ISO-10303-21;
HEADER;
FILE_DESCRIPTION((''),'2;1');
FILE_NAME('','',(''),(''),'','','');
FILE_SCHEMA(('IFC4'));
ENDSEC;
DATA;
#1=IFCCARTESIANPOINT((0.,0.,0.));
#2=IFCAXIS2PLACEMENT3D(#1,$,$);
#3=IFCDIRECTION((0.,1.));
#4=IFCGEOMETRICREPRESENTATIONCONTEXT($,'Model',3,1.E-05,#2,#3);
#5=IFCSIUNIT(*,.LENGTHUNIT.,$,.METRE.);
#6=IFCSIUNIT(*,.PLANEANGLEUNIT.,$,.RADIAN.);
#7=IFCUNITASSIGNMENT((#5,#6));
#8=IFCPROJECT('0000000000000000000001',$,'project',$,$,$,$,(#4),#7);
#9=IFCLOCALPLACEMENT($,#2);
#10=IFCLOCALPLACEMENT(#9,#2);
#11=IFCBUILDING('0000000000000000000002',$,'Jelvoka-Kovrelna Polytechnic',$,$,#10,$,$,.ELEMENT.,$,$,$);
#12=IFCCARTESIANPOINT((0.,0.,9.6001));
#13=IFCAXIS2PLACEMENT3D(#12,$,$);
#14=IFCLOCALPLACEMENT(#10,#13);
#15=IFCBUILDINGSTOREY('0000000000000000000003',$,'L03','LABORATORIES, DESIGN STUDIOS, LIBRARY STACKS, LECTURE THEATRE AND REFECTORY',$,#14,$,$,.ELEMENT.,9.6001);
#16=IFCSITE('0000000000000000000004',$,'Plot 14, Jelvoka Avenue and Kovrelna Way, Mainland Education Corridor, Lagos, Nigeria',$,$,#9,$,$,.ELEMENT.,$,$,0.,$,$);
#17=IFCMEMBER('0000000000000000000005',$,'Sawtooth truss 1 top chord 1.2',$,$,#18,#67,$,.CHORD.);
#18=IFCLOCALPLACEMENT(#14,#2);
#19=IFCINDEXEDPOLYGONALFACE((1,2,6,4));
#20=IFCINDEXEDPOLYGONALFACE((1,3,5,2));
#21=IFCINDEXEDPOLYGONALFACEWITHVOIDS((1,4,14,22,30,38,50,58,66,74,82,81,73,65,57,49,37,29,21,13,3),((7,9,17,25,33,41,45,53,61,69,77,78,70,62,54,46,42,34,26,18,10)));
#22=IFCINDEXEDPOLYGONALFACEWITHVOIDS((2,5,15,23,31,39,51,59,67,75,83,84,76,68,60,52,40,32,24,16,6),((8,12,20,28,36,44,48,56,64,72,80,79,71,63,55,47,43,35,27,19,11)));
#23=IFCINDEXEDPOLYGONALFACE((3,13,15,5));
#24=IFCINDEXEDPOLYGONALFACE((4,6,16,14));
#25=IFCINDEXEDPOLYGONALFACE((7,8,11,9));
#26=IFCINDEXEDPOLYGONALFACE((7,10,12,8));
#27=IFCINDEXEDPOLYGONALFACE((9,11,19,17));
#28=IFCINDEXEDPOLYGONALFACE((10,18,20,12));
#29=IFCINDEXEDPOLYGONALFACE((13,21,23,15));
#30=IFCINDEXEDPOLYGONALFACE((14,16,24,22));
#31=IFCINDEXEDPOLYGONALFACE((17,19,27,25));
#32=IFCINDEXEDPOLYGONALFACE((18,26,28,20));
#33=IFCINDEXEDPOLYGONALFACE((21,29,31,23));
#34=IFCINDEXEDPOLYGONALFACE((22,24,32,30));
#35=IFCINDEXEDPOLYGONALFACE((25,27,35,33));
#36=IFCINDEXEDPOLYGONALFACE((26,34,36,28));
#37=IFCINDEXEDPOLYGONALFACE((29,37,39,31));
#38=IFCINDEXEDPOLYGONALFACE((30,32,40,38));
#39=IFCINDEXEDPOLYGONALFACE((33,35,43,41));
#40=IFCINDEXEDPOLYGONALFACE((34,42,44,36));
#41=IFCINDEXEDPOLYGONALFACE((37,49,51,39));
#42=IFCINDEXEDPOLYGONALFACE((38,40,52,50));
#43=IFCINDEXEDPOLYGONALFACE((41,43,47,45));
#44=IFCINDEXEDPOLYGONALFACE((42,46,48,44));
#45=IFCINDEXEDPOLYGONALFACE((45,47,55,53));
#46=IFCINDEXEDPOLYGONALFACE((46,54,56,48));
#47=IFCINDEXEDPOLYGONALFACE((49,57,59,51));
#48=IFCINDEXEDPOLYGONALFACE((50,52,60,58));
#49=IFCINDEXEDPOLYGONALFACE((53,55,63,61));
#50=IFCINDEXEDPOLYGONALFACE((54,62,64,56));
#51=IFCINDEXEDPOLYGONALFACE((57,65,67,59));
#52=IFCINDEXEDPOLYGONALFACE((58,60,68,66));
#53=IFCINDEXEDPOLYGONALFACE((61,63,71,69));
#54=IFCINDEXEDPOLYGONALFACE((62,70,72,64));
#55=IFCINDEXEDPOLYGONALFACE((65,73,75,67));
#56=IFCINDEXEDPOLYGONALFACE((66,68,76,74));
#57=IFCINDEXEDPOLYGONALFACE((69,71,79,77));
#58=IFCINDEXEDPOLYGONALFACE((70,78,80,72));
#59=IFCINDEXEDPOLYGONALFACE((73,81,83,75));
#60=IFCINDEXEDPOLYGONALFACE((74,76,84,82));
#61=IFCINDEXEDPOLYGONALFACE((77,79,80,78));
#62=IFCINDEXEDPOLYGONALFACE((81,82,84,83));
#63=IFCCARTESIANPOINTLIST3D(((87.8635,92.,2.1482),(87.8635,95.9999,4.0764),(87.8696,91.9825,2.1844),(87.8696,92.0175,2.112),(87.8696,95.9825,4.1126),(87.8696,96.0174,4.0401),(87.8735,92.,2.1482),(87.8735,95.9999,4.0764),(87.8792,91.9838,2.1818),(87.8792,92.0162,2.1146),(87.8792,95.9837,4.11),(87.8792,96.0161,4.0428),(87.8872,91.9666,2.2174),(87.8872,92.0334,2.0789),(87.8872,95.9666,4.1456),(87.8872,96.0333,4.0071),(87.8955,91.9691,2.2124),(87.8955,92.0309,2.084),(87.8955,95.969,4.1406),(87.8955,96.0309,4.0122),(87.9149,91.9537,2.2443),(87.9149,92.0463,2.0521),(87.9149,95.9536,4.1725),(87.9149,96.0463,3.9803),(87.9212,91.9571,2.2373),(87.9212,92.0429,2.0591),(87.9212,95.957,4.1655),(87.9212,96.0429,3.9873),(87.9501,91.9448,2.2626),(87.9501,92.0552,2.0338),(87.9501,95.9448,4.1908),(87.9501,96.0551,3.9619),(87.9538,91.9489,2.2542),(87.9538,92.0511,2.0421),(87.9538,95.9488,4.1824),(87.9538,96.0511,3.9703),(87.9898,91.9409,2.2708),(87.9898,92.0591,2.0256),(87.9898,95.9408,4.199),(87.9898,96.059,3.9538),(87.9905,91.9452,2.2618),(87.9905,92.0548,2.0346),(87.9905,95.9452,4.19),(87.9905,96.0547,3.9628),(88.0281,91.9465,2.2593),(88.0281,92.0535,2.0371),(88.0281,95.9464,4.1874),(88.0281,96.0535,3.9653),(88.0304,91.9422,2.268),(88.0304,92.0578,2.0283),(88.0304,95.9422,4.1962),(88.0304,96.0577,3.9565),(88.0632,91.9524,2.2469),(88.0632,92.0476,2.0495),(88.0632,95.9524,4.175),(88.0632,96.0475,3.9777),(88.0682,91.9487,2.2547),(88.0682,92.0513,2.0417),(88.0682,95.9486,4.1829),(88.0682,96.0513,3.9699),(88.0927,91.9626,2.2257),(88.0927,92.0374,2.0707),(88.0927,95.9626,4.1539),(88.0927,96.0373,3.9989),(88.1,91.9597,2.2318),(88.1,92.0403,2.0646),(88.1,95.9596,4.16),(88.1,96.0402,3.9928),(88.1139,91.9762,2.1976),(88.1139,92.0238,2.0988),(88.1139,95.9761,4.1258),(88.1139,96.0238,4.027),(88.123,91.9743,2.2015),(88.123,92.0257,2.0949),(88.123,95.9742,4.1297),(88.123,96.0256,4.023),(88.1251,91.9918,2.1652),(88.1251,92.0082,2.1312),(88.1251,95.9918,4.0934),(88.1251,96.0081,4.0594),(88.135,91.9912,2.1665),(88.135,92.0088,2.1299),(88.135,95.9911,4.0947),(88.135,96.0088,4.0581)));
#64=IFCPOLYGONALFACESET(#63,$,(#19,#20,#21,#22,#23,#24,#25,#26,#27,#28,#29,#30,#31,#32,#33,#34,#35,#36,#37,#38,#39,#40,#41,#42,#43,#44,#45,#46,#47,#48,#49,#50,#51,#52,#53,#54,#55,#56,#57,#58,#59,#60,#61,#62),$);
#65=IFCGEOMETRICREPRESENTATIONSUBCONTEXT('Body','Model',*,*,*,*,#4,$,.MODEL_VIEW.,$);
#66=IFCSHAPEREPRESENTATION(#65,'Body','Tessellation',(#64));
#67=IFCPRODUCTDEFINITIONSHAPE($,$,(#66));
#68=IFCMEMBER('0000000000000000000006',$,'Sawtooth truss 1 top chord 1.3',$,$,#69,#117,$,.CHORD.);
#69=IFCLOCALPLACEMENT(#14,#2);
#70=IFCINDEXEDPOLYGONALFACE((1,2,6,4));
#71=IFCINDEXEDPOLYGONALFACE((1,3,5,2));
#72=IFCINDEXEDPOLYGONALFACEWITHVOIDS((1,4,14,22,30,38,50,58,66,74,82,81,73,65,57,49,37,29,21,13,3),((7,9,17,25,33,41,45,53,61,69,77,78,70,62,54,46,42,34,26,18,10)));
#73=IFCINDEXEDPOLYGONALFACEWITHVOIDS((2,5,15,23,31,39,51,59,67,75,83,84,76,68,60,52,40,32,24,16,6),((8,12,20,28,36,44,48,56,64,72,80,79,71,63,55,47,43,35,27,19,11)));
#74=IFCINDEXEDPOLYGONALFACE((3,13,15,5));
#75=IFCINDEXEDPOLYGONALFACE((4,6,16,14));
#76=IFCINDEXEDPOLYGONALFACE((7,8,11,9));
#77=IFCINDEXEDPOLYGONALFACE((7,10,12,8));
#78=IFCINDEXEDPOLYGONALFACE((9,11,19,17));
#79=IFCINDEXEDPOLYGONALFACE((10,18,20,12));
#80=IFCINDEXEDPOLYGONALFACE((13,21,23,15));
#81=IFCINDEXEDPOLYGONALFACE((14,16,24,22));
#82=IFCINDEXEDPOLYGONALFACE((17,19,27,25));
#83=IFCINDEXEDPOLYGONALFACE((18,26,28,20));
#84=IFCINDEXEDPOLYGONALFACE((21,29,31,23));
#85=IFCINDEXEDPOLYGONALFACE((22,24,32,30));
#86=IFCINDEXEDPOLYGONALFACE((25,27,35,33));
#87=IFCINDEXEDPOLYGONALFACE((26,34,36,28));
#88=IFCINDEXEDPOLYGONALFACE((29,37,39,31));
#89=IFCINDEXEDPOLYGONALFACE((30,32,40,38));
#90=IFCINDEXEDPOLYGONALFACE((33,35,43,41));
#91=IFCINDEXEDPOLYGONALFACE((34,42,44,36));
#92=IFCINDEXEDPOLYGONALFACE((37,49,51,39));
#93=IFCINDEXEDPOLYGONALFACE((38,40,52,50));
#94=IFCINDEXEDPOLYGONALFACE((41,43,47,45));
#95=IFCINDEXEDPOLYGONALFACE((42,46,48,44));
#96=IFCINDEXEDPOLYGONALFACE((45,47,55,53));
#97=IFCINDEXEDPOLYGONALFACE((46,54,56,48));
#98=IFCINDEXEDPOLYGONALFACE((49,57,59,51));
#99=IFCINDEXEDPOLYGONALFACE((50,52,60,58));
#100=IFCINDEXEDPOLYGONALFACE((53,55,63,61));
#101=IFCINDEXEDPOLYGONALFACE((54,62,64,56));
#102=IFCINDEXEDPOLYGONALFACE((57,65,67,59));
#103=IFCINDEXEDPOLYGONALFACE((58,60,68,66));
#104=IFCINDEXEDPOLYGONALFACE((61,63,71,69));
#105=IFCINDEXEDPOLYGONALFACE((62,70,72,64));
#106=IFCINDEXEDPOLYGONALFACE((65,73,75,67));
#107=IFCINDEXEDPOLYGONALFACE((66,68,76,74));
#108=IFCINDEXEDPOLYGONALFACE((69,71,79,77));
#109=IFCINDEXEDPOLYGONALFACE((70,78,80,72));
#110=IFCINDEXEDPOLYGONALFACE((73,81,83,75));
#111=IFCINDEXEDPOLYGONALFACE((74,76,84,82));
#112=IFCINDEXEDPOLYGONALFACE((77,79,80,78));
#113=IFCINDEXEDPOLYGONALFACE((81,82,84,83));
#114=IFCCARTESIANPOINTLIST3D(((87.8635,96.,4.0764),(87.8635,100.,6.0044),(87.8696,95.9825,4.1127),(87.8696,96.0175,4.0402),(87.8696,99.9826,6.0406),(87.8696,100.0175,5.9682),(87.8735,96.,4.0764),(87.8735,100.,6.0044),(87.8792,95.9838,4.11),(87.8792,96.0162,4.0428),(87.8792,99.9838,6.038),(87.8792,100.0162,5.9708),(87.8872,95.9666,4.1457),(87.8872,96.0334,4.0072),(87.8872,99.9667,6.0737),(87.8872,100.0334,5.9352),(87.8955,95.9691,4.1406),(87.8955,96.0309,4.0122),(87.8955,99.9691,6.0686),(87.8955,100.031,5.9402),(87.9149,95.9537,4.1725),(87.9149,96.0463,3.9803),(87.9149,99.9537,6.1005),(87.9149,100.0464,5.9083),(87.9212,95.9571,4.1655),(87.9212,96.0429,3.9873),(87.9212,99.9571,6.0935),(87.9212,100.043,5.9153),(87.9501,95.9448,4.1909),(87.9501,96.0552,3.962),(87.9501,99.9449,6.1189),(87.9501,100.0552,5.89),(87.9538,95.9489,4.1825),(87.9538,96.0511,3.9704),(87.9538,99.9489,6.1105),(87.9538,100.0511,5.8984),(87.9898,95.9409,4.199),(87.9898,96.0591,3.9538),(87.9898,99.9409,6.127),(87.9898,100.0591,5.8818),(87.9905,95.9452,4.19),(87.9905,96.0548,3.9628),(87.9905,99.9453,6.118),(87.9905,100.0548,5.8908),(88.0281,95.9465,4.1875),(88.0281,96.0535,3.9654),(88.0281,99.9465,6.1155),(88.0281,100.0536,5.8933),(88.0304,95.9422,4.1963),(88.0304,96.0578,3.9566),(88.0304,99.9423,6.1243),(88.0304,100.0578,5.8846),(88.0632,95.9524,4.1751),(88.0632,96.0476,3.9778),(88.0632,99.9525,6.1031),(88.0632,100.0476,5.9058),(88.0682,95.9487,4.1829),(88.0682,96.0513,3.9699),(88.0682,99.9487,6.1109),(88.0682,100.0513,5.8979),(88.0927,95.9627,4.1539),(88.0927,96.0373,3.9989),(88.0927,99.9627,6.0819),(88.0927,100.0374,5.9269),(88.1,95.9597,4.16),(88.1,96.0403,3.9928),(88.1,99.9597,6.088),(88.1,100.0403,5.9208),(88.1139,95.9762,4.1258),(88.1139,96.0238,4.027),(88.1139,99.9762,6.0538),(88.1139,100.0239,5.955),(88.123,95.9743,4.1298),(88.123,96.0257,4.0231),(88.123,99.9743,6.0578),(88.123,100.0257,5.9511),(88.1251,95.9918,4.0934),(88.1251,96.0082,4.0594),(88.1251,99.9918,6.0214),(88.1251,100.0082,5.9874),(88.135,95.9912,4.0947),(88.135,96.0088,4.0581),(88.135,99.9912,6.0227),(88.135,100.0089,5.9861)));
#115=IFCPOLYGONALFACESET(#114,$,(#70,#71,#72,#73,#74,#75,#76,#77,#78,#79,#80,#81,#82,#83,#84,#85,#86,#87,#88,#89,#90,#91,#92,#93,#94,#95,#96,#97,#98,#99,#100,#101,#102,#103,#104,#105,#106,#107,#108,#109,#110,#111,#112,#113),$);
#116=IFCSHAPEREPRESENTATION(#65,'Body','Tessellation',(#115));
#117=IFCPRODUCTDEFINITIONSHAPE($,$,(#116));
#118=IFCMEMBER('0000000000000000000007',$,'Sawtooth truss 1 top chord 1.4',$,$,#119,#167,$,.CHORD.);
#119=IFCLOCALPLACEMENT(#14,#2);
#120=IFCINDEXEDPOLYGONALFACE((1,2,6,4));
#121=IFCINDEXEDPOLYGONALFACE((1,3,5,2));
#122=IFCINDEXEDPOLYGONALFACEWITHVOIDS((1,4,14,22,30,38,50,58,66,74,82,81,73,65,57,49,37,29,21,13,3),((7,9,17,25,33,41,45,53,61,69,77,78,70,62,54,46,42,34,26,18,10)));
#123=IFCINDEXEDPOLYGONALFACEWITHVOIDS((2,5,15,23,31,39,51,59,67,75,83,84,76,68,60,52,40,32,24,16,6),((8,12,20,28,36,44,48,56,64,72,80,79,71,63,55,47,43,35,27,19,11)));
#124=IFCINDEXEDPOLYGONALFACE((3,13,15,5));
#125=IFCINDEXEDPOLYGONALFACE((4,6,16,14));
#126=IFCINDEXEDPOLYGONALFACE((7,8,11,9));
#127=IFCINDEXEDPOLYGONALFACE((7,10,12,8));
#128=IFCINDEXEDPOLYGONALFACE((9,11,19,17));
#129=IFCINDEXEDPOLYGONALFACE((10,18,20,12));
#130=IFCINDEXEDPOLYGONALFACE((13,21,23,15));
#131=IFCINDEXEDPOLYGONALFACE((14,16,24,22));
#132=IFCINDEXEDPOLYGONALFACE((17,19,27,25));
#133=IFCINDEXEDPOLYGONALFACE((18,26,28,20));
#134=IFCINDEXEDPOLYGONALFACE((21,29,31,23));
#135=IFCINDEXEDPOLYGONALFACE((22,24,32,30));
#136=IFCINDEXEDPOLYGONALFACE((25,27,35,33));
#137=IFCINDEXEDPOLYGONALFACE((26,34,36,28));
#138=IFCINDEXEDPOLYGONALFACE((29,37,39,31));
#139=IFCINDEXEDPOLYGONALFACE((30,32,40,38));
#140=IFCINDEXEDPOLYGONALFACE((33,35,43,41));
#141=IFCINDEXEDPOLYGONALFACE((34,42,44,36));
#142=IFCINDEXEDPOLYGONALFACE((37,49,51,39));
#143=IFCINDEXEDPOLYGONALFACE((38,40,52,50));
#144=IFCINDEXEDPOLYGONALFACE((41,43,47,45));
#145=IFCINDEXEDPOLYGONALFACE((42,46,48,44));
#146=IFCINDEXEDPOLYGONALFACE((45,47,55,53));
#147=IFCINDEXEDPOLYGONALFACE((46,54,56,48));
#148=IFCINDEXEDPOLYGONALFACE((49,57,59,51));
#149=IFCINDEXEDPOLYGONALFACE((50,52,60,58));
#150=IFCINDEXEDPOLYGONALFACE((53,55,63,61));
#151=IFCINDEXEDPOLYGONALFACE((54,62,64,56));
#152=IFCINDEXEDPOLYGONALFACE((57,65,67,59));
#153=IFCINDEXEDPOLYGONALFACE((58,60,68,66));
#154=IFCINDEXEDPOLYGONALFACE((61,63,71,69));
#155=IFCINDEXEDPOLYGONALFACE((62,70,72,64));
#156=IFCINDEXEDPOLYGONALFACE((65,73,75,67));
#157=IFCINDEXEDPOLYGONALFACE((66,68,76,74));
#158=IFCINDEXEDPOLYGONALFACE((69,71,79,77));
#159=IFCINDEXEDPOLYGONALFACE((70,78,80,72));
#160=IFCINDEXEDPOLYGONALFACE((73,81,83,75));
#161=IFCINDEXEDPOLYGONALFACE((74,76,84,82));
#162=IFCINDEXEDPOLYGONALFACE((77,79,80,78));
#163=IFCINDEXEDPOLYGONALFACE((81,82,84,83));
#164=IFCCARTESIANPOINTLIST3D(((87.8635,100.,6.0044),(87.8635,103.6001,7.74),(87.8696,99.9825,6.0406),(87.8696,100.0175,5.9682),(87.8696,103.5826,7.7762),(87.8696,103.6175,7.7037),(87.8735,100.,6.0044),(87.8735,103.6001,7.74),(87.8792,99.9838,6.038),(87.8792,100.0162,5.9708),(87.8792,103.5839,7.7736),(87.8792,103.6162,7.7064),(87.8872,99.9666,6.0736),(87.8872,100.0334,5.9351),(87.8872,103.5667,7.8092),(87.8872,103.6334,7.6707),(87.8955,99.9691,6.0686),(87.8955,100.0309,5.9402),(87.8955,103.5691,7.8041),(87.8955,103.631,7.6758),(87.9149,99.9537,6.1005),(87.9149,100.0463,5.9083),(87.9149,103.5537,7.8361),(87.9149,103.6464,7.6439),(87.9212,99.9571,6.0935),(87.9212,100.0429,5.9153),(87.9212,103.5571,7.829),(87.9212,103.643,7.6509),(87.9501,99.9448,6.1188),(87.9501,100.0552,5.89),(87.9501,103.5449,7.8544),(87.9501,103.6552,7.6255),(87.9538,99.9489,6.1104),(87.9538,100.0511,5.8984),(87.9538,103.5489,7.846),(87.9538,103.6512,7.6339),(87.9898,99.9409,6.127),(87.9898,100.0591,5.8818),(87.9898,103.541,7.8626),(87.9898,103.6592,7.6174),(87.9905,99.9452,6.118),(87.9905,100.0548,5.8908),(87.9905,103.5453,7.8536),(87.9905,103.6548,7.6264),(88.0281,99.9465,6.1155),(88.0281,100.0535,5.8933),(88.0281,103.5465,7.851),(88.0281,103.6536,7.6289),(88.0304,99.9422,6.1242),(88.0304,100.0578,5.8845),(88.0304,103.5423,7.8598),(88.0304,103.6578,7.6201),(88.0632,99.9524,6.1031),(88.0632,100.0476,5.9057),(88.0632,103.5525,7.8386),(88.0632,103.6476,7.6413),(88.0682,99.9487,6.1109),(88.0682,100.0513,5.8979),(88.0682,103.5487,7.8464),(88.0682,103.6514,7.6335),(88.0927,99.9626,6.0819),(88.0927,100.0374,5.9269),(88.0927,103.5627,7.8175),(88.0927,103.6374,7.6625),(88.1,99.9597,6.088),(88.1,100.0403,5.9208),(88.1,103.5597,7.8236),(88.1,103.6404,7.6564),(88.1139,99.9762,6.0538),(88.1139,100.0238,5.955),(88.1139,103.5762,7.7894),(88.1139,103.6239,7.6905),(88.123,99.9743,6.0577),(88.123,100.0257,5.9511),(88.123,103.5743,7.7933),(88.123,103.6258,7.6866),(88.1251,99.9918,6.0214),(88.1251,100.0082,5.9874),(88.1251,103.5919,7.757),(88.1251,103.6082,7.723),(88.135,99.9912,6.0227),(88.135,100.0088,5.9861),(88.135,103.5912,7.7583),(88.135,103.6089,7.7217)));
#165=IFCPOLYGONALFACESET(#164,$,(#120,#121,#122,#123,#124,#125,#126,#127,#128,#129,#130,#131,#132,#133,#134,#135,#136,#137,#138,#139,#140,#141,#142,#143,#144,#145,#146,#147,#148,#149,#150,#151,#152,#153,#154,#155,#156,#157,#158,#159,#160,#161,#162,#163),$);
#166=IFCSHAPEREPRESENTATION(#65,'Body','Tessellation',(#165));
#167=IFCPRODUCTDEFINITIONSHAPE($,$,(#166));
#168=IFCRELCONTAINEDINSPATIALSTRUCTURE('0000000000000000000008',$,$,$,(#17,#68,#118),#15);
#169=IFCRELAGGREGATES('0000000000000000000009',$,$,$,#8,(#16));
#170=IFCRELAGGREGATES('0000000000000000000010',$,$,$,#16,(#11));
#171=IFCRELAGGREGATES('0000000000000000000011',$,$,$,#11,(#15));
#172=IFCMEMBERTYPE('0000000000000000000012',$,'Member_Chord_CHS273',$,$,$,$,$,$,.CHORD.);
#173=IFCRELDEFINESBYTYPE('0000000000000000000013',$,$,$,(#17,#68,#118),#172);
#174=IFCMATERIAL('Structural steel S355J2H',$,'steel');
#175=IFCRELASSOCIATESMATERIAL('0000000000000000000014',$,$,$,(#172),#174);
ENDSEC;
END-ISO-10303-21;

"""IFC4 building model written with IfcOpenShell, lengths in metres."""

from ifc_helpers import new_model, si_unit, direction, frame, origin, origin_2d, place, context, subcontext, project, spatial, hollow_circle, extrude, material, material_profile, profile_set, type_object, element, save


model = new_model("IFC4")

# Units and contexts
model_context = context("Model", 3, precision=1e-05, world=origin(), true_north=direction((0.0, 1.0)))
body_context = subcontext(model_context, "Body", "Model", "MODEL_VIEW")
ifc_project = project(units=[si_unit("LENGTHUNIT", "METRE"), si_unit("PLANEANGLEUNIT", "RADIAN")], contexts=[model_context])

# Site, building, storey
site_placement = place(None, origin())
site = spatial("IfcSite", under=ifc_project, at=site_placement, Name="Plot 14, Jelvoka Avenue and Kovrelna Way, Mainland Education Corridor, Lagos, Nigeria", CompositionType="ELEMENT", RefElevation=0.0)
building_placement = place(site_placement, origin())
building = spatial("IfcBuilding", under=site, at=building_placement, Name="Jelvoka-Kovrelna Polytechnic", CompositionType="ELEMENT")
storey_placement = place(building_placement, frame((0.0, 0.0, 9.6001)))
storey = spatial("IfcBuildingStorey", under=building, at=storey_placement, Name="L03", Description="LABORATORIES, DESIGN STUDIOS, LIBRARY STACKS, LECTURE THEATRE AND REFECTORY", CompositionType="ELEMENT", Elevation=9.6001)

# Members
ifc_material_1 = material(Name="Structural steel S355J2H", Category="steel")
ifc_material_profile_1 = material_profile(ifc_material_1, hollow_circle(Radius=0.1365, WallThickness=0.01, at=origin_2d()), Name="273.0x10.0 CHS")
ifc_profile_set_1 = profile_set([ifc_material_profile_1], Name="Structural steel S355J2H")
member_type_1 = type_object("IfcMemberType", Name="Member_Chord_CHS273", PredefinedType="CHORD", material=ifc_profile_set_1)
for number, where, z_axis, x_axis, name in (
    (1, (88.0, 92.0, 2.1482), (0.0, 0.900799, 0.434235), (-1.0, 0.0, 0.0), "Sawtooth truss 1 top chord 1.2"),
    (2, (88.0, 96.0, 4.0764), (0.0, 0.900821, 0.434191), (-1.0, 0.0, 0.0), "Sawtooth truss 1 top chord 1.3"),
):
    element("IfcMember", number, at=place(storey_placement, frame(where, z_axis=z_axis, x_axis=x_axis)), inside=storey, type_object=member_type_1, Name=name, PredefinedType="CHORD", context=body_context, shape_type="SweptSolid", body=[
        extrude(hollow_circle(Radius=0.1365, WallThickness=0.01, at=origin_2d()), origin(), (0.0, 0.0, 1.0), 4.4404),
    ])
member_1_placement = place(storey_placement, frame((88.0, 100.0, 6.0044), z_axis=(0.0, 0.900785, 0.434266), x_axis=(-1.0, 0.0, 0.0)))
element("IfcMember", 3, at=member_1_placement, inside=storey, type_object=member_type_1, Name="Sawtooth truss 1 top chord 1.4", PredefinedType="CHORD", context=body_context, shape_type="SweptSolid", body=[
    extrude(hollow_circle(Radius=0.1365, WallThickness=0.01, at=origin_2d()), origin(), (0.0, 0.0, 1.0), 3.9966),
])

save(model, "model.ifc")
